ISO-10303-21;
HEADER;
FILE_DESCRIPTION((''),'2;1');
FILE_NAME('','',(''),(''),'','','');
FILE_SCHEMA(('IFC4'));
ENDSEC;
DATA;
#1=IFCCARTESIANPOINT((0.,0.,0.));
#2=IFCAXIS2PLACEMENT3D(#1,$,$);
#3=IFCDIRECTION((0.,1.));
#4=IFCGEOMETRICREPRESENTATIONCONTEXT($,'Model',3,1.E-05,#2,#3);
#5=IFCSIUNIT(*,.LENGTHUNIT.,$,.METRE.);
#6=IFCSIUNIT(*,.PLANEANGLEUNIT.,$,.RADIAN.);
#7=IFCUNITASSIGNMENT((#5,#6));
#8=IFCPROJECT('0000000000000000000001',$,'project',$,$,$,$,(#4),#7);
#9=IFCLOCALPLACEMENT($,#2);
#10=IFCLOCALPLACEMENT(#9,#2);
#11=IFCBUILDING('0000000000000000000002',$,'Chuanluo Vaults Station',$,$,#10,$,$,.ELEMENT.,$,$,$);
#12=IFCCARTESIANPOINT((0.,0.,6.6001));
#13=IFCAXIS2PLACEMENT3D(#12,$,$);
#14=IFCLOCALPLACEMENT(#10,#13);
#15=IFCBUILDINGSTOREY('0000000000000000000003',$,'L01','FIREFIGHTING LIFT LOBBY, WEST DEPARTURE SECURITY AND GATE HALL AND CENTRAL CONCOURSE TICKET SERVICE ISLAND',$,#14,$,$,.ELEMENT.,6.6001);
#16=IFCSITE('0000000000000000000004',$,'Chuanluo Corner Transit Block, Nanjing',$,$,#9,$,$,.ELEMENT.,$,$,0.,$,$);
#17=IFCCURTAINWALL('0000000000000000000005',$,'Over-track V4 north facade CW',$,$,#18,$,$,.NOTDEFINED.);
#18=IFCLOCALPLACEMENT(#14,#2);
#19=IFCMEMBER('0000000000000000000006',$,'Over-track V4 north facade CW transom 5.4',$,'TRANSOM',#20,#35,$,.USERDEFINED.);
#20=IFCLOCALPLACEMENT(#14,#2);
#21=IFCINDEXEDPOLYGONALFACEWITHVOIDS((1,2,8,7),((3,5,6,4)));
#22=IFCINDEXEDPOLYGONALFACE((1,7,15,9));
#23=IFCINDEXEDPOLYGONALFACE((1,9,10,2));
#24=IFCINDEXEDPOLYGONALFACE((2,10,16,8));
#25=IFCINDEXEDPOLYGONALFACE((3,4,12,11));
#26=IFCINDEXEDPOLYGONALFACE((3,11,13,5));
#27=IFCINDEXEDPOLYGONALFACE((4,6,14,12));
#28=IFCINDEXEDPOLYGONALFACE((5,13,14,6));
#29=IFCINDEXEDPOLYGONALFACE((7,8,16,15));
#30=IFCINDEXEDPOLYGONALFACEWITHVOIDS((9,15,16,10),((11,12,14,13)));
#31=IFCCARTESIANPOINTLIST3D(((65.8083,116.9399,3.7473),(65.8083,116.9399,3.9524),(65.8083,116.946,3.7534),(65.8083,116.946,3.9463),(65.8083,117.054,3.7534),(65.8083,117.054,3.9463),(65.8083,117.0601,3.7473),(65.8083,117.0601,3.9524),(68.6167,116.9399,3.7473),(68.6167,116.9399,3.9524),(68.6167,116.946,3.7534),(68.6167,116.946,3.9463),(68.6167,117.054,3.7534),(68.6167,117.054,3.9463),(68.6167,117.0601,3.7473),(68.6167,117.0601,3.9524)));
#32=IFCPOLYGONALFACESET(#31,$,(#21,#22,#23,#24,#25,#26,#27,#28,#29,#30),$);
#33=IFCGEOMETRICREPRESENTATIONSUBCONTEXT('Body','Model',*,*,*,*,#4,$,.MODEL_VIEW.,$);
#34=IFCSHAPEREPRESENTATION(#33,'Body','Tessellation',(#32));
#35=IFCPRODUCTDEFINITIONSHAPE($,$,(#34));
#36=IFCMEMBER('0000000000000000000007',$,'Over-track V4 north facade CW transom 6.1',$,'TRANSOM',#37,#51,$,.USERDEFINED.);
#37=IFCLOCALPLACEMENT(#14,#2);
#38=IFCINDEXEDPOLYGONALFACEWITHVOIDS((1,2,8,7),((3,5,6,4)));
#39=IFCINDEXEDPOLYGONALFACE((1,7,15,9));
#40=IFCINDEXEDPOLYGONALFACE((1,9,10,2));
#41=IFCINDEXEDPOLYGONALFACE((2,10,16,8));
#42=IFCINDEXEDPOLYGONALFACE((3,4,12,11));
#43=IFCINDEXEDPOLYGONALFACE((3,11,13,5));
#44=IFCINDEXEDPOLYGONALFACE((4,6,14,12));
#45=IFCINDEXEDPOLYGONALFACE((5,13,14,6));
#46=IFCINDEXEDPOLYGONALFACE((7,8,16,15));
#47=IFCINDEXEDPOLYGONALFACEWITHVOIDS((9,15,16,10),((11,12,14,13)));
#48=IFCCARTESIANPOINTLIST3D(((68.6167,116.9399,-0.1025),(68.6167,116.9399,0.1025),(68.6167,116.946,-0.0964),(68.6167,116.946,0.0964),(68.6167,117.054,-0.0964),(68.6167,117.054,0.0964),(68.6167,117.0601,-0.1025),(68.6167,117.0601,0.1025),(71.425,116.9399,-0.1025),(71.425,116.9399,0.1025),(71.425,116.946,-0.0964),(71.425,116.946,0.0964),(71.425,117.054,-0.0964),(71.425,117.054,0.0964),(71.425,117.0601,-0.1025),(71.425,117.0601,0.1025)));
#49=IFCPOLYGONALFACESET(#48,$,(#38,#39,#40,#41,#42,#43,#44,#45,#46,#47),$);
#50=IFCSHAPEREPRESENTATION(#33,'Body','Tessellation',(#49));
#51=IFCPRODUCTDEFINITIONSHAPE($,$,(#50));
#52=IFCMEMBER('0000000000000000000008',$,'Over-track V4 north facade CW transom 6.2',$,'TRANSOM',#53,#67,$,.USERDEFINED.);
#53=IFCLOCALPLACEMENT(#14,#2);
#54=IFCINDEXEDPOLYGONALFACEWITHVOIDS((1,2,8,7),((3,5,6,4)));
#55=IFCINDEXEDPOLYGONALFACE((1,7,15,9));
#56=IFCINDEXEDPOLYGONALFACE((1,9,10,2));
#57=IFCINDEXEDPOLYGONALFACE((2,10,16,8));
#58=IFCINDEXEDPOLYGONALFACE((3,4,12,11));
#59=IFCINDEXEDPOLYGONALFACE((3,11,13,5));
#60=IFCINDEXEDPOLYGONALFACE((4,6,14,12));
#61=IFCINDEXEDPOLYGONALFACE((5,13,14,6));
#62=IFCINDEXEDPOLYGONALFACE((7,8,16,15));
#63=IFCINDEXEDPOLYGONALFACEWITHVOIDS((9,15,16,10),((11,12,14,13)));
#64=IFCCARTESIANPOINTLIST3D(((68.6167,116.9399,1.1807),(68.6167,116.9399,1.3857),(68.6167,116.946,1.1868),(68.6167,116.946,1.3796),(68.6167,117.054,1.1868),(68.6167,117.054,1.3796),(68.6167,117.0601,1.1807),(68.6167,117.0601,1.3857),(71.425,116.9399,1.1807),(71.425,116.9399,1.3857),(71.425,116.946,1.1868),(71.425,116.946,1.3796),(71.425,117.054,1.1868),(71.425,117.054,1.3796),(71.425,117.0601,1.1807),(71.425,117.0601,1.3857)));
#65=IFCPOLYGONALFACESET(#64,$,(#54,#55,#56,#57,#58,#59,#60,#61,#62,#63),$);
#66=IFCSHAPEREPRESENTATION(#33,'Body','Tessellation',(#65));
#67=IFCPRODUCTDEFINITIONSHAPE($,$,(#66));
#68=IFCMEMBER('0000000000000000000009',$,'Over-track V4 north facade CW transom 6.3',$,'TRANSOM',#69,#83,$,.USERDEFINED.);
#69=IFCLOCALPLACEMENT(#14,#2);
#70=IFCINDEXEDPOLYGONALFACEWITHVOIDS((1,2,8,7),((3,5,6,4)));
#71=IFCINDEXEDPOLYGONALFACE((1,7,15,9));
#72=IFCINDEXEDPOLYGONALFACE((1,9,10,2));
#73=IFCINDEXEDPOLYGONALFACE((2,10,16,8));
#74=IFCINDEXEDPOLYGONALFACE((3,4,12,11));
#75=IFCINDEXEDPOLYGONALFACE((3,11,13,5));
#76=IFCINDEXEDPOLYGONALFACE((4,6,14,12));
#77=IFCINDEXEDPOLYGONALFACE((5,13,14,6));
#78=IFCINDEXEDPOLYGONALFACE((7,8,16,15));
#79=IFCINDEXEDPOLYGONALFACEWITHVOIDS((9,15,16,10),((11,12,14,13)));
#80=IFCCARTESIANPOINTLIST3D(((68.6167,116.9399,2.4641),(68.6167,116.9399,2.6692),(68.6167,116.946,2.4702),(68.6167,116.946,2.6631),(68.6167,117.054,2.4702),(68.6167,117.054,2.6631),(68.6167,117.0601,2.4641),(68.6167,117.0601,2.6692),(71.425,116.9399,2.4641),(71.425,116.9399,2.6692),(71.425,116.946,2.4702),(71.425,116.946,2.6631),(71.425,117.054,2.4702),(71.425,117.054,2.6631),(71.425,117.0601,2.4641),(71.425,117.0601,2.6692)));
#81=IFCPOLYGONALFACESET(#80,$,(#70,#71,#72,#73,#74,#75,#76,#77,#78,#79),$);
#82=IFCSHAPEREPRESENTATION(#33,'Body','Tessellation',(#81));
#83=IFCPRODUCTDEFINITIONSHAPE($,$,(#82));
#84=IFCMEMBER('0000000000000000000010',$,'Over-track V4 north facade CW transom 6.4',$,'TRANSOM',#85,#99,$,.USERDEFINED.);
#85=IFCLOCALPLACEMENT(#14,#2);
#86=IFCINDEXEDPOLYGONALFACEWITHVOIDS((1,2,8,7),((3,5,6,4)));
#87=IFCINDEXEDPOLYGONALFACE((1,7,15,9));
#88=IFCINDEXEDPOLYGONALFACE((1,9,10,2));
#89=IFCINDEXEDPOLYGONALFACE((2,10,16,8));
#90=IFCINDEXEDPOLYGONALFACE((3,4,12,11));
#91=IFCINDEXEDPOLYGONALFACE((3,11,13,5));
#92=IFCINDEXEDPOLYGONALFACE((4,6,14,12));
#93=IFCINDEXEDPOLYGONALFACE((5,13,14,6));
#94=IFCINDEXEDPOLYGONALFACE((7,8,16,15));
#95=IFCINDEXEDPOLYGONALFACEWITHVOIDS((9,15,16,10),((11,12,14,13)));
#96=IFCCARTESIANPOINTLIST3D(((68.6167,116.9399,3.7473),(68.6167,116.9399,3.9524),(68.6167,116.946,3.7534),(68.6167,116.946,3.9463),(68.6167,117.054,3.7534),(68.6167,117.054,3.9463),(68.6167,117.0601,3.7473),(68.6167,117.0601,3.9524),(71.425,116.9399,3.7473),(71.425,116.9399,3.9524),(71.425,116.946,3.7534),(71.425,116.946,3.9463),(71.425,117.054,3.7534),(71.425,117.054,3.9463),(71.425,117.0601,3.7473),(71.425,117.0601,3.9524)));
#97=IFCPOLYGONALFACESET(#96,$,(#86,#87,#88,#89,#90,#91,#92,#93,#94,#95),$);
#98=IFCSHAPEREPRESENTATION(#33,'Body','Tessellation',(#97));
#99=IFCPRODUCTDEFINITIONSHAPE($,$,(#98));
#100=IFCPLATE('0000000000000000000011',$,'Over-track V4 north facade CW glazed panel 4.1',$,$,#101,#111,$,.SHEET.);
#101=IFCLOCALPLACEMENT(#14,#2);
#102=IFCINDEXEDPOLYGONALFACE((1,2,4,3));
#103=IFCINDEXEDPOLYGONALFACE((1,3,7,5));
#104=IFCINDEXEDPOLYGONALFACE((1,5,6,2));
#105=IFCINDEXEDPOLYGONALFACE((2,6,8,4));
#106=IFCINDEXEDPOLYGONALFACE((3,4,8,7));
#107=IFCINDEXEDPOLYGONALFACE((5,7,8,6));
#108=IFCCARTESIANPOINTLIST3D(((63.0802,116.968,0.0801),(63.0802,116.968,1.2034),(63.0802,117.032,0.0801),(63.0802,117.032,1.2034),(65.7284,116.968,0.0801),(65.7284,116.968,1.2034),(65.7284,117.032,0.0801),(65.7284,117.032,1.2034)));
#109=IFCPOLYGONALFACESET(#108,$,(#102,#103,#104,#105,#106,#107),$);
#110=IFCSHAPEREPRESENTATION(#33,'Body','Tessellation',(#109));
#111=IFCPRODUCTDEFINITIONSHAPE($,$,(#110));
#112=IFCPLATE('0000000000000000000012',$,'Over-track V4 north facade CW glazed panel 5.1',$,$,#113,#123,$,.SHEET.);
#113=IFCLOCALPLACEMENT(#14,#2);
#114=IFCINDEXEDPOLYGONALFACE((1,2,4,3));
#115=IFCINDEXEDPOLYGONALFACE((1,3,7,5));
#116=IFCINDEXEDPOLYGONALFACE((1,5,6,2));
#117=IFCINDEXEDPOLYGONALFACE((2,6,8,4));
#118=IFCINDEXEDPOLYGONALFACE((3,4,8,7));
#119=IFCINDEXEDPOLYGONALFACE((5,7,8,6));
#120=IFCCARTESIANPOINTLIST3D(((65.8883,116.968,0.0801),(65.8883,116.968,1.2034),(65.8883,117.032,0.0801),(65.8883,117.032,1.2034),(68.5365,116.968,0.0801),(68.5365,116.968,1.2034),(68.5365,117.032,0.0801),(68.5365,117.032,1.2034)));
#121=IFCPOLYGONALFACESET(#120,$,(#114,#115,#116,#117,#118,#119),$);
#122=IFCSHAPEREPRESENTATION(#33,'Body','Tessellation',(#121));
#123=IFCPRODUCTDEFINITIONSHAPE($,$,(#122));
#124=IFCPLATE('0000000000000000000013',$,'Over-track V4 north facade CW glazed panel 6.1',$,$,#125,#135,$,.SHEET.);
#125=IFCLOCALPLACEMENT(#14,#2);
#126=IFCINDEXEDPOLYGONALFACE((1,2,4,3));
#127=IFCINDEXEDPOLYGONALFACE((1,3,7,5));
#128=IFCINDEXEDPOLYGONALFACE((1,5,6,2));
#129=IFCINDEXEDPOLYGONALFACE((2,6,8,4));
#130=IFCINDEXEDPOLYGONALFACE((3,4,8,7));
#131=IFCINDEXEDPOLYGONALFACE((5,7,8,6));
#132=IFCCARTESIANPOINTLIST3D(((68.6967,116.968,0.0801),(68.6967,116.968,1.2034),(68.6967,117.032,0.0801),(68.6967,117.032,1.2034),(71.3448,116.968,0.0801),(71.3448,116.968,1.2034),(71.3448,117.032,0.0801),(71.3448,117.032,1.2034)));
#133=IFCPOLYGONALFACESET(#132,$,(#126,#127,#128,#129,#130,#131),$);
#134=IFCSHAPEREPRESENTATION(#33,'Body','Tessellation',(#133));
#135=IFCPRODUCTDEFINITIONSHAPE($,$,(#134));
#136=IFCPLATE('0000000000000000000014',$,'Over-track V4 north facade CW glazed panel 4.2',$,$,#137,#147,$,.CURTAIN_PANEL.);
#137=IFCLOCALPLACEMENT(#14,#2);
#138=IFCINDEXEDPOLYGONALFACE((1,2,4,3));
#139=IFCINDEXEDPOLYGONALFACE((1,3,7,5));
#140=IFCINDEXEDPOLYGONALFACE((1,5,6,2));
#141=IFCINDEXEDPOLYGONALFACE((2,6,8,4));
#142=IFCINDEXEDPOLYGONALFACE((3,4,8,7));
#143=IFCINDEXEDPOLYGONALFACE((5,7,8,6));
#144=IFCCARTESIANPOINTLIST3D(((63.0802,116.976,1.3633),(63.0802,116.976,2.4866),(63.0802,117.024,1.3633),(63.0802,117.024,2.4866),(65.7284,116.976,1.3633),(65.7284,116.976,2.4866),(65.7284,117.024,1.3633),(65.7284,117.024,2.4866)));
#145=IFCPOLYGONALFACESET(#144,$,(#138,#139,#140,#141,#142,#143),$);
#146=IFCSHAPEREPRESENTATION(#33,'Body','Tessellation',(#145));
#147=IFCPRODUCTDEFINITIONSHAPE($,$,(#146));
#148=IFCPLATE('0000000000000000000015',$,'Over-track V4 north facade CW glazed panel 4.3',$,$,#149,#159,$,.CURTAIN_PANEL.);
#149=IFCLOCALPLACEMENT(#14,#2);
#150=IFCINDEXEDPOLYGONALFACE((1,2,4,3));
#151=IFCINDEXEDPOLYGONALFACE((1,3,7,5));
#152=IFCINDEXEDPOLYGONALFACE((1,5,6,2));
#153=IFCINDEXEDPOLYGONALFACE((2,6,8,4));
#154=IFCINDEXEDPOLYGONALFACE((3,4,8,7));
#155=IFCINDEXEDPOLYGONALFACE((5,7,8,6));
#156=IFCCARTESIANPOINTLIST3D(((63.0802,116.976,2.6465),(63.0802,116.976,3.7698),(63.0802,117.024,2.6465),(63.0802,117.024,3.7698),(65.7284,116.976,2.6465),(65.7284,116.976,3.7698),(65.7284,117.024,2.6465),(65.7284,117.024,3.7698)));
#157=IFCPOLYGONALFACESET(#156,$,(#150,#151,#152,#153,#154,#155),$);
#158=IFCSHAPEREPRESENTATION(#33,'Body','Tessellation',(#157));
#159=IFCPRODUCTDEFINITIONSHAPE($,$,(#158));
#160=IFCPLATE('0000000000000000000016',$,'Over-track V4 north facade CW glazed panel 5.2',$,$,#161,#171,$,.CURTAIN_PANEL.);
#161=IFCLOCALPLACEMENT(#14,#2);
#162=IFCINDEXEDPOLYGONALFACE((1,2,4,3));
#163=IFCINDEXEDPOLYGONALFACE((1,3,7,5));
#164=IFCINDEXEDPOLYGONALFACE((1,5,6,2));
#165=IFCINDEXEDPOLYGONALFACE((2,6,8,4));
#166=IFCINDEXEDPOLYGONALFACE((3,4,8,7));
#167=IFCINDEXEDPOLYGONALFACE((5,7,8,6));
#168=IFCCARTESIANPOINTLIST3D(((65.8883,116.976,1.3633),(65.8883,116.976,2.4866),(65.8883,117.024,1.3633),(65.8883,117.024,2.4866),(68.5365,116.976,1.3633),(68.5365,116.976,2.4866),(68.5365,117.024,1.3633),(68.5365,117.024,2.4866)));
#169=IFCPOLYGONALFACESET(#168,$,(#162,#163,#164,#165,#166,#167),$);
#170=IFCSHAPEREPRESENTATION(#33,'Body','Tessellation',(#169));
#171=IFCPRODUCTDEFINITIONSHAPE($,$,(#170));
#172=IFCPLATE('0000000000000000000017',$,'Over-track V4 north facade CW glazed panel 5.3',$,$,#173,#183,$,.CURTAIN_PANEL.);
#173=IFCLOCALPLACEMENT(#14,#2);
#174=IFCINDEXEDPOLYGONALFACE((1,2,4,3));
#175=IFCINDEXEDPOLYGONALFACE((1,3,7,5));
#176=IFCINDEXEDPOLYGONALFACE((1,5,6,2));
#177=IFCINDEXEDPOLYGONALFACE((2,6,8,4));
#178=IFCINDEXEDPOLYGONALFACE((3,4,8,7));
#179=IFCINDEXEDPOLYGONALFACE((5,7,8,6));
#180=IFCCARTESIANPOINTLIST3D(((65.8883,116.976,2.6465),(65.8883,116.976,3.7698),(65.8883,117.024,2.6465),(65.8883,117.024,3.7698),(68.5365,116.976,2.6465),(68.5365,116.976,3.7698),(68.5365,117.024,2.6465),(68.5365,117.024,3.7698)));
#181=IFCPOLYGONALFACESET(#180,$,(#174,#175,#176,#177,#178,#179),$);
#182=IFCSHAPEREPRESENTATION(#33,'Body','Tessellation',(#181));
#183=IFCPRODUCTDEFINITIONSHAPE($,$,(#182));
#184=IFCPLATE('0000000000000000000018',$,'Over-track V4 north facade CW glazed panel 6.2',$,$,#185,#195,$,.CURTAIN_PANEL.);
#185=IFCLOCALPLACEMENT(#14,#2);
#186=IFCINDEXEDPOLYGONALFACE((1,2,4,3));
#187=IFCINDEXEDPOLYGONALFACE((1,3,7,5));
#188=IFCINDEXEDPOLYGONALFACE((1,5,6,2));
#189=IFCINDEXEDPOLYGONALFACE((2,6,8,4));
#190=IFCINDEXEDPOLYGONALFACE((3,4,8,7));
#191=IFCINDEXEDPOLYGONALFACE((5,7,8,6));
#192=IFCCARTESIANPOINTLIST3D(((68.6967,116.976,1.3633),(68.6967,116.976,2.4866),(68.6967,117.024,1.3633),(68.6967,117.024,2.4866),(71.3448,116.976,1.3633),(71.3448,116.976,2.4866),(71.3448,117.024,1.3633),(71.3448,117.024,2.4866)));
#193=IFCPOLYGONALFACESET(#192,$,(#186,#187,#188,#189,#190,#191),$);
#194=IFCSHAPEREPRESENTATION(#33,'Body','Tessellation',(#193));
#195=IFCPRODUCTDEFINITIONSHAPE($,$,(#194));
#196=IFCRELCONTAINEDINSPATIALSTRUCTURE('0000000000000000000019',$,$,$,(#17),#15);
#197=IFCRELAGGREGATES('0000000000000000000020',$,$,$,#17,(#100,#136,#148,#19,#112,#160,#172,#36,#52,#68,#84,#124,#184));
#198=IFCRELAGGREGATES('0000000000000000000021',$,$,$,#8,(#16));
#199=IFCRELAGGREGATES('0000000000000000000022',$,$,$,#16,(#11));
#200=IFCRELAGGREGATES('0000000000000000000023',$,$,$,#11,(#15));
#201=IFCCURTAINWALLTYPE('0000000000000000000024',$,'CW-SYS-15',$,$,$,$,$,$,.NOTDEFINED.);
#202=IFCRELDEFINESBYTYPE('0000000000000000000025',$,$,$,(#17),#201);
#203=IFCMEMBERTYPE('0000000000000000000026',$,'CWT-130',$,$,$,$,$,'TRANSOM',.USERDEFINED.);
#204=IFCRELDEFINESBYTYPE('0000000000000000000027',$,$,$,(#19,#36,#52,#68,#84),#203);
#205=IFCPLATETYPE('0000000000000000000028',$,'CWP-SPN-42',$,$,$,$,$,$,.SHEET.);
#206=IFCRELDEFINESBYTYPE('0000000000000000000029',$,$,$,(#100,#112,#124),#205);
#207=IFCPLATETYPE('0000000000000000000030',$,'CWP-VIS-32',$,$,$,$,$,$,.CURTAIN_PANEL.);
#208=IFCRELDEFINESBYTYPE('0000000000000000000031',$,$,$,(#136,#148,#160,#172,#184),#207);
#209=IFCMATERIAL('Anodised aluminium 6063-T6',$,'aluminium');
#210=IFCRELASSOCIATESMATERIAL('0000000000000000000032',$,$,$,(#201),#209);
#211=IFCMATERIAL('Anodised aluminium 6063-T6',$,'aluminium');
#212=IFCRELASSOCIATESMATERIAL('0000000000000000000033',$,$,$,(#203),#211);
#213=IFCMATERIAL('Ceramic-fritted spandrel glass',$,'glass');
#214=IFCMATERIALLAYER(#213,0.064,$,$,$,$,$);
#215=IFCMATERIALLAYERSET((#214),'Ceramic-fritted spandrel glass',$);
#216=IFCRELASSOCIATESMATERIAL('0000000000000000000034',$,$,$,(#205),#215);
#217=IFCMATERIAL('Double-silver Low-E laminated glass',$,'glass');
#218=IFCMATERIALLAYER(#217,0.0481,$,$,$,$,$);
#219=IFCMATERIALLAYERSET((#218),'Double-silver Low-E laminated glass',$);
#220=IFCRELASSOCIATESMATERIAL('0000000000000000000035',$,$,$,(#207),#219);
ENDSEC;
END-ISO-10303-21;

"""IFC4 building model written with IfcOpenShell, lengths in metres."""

from ifc_helpers import new_model, si_unit, direction, frame, origin, origin_2d, place, context, subcontext, project, spatial, rectangle, hollow_rectangle, extrude, material, layer, layer_set, material_profile, profile_set, type_object, element, aggregate, save


model = new_model("IFC4")

# Units and contexts
model_context = context("Model", 3, precision=1e-05, world=origin(), true_north=direction((0.0, 1.0)))
body_context = subcontext(model_context, "Body", "Model", "MODEL_VIEW")
ifc_project = project(units=[si_unit("LENGTHUNIT", "METRE"), si_unit("PLANEANGLEUNIT", "RADIAN")], contexts=[model_context])

# Site, building, storey
site_placement = place(None, origin())
site = spatial("IfcSite", under=ifc_project, at=site_placement, Name="Chuanluo Corner Transit Block, Nanjing", CompositionType="ELEMENT", RefElevation=0.0)
building_placement = place(site_placement, origin())
building = spatial("IfcBuilding", under=site, at=building_placement, Name="Chuanluo Vaults Station", CompositionType="ELEMENT")
storey_placement = place(building_placement, frame((0.0, 0.0, 6.6001)))
storey = spatial("IfcBuildingStorey", under=building, at=storey_placement, Name="L01", Description="FIREFIGHTING LIFT LOBBY, WEST DEPARTURE SECURITY AND GATE HALL AND CENTRAL CONCOURSE TICKET SERVICE ISLAND", CompositionType="ELEMENT", Elevation=6.6001)

# Curtain wall, members, plates
ifc_material_1 = material(Name="Anodised aluminium 6063-T6", Category="aluminium")
curtain_wall_type = type_object("IfcCurtainWallType", Name="CW-SYS-15", PredefinedType="NOTDEFINED", material=ifc_material_1)
curtain_wall_placement = place(storey_placement, origin())
curtain_wall = element("IfcCurtainWall", 1, at=curtain_wall_placement, inside=storey, type_object=curtain_wall_type, Name="Over-track V4 north facade CW", PredefinedType="NOTDEFINED")
ifc_material_2 = material(Name="Anodised aluminium 6063-T6", Category="aluminium")
ifc_material_profile_1 = material_profile(ifc_material_2, hollow_rectangle(XDim=0.1201, YDim=0.2051, WallThickness=0.0061, at=origin_2d()))
ifc_profile_set_1 = profile_set([ifc_material_profile_1], Name="Anodised aluminium 6063-T6")
member_type_1 = type_object("IfcMemberType", Name="CWT-130", ElementType="TRANSOM", PredefinedType="USERDEFINED", material=ifc_profile_set_1)
member_1_placement = place(storey_placement, frame((65.8083, 117.0, 3.8499), z_axis=(1.0, 0.0, 0.0), x_axis=(0.0, 1.0, 0.0)))
member_1 = element("IfcMember", 2, at=member_1_placement, type_object=member_type_1, Name="Over-track V4 north facade CW transom 5.4", ObjectType="TRANSOM", PredefinedType="USERDEFINED", context=body_context, shape_type="SweptSolid", body=[
    extrude(hollow_rectangle(XDim=0.1201, YDim=0.2051, WallThickness=0.0061, at=origin_2d()), origin(), (0.0, 0.0, 1.0), 2.8083),
])
member_2_placement = place(storey_placement, frame((68.6167, 117.0, 0.0), z_axis=(1.0, 0.0, 0.0), x_axis=(0.0, 1.0, 0.0)))
member_2 = element("IfcMember", 3, at=member_2_placement, type_object=member_type_1, Name="Over-track V4 north facade CW transom 6.1", ObjectType="TRANSOM", PredefinedType="USERDEFINED", context=body_context, shape_type="SweptSolid", body=[
    extrude(hollow_rectangle(XDim=0.1201, YDim=0.2051, WallThickness=0.0061, at=origin_2d()), origin(), (0.0, 0.0, 1.0), 2.8083),
])
member_3_placement = place(storey_placement, frame((68.6167, 117.0, 1.2832), z_axis=(1.0, 0.0, 0.0), x_axis=(0.0, 1.0, 0.0)))
member_3 = element("IfcMember", 4, at=member_3_placement, type_object=member_type_1, Name="Over-track V4 north facade CW transom 6.2", ObjectType="TRANSOM", PredefinedType="USERDEFINED", context=body_context, shape_type="SweptSolid", body=[
    extrude(hollow_rectangle(XDim=0.1201, YDim=0.2051, WallThickness=0.0061, at=origin_2d()), origin(), (0.0, 0.0, 1.0), 2.8083),
])
member_4_placement = place(storey_placement, frame((68.6167, 117.0, 2.5667), z_axis=(1.0, 0.0, 0.0), x_axis=(0.0, 1.0, 0.0)))
member_4 = element("IfcMember", 5, at=member_4_placement, type_object=member_type_1, Name="Over-track V4 north facade CW transom 6.3", ObjectType="TRANSOM", PredefinedType="USERDEFINED", context=body_context, shape_type="SweptSolid", body=[
    extrude(hollow_rectangle(XDim=0.1201, YDim=0.2051, WallThickness=0.0061, at=origin_2d()), origin(), (0.0, 0.0, 1.0), 2.8083),
])
member_5_placement = place(storey_placement, frame((68.6167, 117.0, 3.8499), z_axis=(1.0, 0.0, 0.0), x_axis=(0.0, 1.0, 0.0)))
member_5 = element("IfcMember", 6, at=member_5_placement, type_object=member_type_1, Name="Over-track V4 north facade CW transom 6.4", ObjectType="TRANSOM", PredefinedType="USERDEFINED", context=body_context, shape_type="SweptSolid", body=[
    extrude(hollow_rectangle(XDim=0.1201, YDim=0.2051, WallThickness=0.0061, at=origin_2d()), origin(), (0.0, 0.0, 1.0), 2.8083),
])
ifc_material_3 = material(Name="Ceramic-fritted spandrel glass", Category="glass")
ifc_layer_1 = layer(ifc_material_3, 0.064)
ifc_layer_set_1 = layer_set([ifc_layer_1], Name="Ceramic-fritted spandrel glass")
plate_type_1 = type_object("IfcPlateType", Name="CWP-SPN-42", PredefinedType="SHEET", material=ifc_layer_set_1)
plate_1_placement = place(storey_placement, frame((64.4043, 117.0, 0.0801), z_axis=(0.0, 0.0, 1.0), x_axis=(1.0, 0.0, 0.0)))
plate_1 = element("IfcPlate", 7, at=plate_1_placement, type_object=plate_type_1, Name="Over-track V4 north facade CW glazed panel 4.1", PredefinedType="SHEET", context=body_context, shape_type="SweptSolid", body=[
    extrude(rectangle(XDim=2.6482, YDim=0.064, at=origin_2d()), origin(), (0.0, 0.0, 1.0), 1.1233),
])
plate_2_placement = place(storey_placement, frame((67.2124, 117.0, 0.0801), z_axis=(0.0, 0.0, 1.0), x_axis=(1.0, 0.0, 0.0)))
plate_2 = element("IfcPlate", 8, at=plate_2_placement, type_object=plate_type_1, Name="Over-track V4 north facade CW glazed panel 5.1", PredefinedType="SHEET", context=body_context, shape_type="SweptSolid", body=[
    extrude(rectangle(XDim=2.6482, YDim=0.064, at=origin_2d()), origin(), (0.0, 0.0, 1.0), 1.1233),
])
plate_3_placement = place(storey_placement, frame((70.0208, 117.0, 0.0801), z_axis=(0.0, 0.0, 1.0), x_axis=(1.0, 0.0, 0.0)))
plate_3 = element("IfcPlate", 9, at=plate_3_placement, type_object=plate_type_1, Name="Over-track V4 north facade CW glazed panel 6.1", PredefinedType="SHEET", context=body_context, shape_type="SweptSolid", body=[
    extrude(rectangle(XDim=2.6482, YDim=0.064, at=origin_2d()), origin(), (0.0, 0.0, 1.0), 1.1233),
])
ifc_material_4 = material(Name="Double-silver Low-E laminated glass", Category="glass")
ifc_layer_2 = layer(ifc_material_4, 0.0481)
ifc_layer_set_2 = layer_set([ifc_layer_2], Name="Double-silver Low-E laminated glass")
plate_type_2 = type_object("IfcPlateType", Name="CWP-VIS-32", PredefinedType="CURTAIN_PANEL", material=ifc_layer_set_2)
plate_4_placement = place(storey_placement, frame((64.4043, 117.0, 1.3633), z_axis=(0.0, 0.0, 1.0), x_axis=(1.0, 0.0, 0.0)))
plate_4 = element("IfcPlate", 10, at=plate_4_placement, type_object=plate_type_2, Name="Over-track V4 north facade CW glazed panel 4.2", PredefinedType="CURTAIN_PANEL", context=body_context, shape_type="SweptSolid", body=[
    extrude(rectangle(XDim=2.6482, YDim=0.0481, at=origin_2d()), origin(), (0.0, 0.0, 1.0), 1.1233),
])
plate_5_placement = place(storey_placement, frame((64.4043, 117.0, 2.6465), z_axis=(0.0, 0.0, 1.0), x_axis=(1.0, 0.0, 0.0)))
plate_5 = element("IfcPlate", 11, at=plate_5_placement, type_object=plate_type_2, Name="Over-track V4 north facade CW glazed panel 4.3", PredefinedType="CURTAIN_PANEL", context=body_context, shape_type="SweptSolid", body=[
    extrude(rectangle(XDim=2.6482, YDim=0.0481, at=origin_2d()), origin(), (0.0, 0.0, 1.0), 1.1233),
])
plate_6_placement = place(storey_placement, frame((67.2124, 117.0, 1.3633), z_axis=(0.0, 0.0, 1.0), x_axis=(1.0, 0.0, 0.0)))
plate_6 = element("IfcPlate", 12, at=plate_6_placement, type_object=plate_type_2, Name="Over-track V4 north facade CW glazed panel 5.2", PredefinedType="CURTAIN_PANEL", context=body_context, shape_type="SweptSolid", body=[
    extrude(rectangle(XDim=2.6482, YDim=0.0481, at=origin_2d()), origin(), (0.0, 0.0, 1.0), 1.1233),
])
plate_7_placement = place(storey_placement, frame((67.2124, 117.0, 2.6465), z_axis=(0.0, 0.0, 1.0), x_axis=(1.0, 0.0, 0.0)))
plate_7 = element("IfcPlate", 13, at=plate_7_placement, type_object=plate_type_2, Name="Over-track V4 north facade CW glazed panel 5.3", PredefinedType="CURTAIN_PANEL", context=body_context, shape_type="SweptSolid", body=[
    extrude(rectangle(XDim=2.6482, YDim=0.0481, at=origin_2d()), origin(), (0.0, 0.0, 1.0), 1.1233),
])
plate_8_placement = place(storey_placement, frame((70.0208, 117.0, 1.3633), z_axis=(0.0, 0.0, 1.0), x_axis=(1.0, 0.0, 0.0)))
plate_8 = element("IfcPlate", 14, at=plate_8_placement, type_object=plate_type_2, Name="Over-track V4 north facade CW glazed panel 6.2", PredefinedType="CURTAIN_PANEL", context=body_context, shape_type="SweptSolid", body=[
    extrude(rectangle(XDim=2.6482, YDim=0.0481, at=origin_2d()), origin(), (0.0, 0.0, 1.0), 1.1233),
])
aggregate(curtain_wall, [plate_1, plate_4, plate_5, member_1, plate_2, plate_6, plate_7, member_2, member_3, member_4, member_5, plate_3, plate_8])

save(model, "model.ifc")
